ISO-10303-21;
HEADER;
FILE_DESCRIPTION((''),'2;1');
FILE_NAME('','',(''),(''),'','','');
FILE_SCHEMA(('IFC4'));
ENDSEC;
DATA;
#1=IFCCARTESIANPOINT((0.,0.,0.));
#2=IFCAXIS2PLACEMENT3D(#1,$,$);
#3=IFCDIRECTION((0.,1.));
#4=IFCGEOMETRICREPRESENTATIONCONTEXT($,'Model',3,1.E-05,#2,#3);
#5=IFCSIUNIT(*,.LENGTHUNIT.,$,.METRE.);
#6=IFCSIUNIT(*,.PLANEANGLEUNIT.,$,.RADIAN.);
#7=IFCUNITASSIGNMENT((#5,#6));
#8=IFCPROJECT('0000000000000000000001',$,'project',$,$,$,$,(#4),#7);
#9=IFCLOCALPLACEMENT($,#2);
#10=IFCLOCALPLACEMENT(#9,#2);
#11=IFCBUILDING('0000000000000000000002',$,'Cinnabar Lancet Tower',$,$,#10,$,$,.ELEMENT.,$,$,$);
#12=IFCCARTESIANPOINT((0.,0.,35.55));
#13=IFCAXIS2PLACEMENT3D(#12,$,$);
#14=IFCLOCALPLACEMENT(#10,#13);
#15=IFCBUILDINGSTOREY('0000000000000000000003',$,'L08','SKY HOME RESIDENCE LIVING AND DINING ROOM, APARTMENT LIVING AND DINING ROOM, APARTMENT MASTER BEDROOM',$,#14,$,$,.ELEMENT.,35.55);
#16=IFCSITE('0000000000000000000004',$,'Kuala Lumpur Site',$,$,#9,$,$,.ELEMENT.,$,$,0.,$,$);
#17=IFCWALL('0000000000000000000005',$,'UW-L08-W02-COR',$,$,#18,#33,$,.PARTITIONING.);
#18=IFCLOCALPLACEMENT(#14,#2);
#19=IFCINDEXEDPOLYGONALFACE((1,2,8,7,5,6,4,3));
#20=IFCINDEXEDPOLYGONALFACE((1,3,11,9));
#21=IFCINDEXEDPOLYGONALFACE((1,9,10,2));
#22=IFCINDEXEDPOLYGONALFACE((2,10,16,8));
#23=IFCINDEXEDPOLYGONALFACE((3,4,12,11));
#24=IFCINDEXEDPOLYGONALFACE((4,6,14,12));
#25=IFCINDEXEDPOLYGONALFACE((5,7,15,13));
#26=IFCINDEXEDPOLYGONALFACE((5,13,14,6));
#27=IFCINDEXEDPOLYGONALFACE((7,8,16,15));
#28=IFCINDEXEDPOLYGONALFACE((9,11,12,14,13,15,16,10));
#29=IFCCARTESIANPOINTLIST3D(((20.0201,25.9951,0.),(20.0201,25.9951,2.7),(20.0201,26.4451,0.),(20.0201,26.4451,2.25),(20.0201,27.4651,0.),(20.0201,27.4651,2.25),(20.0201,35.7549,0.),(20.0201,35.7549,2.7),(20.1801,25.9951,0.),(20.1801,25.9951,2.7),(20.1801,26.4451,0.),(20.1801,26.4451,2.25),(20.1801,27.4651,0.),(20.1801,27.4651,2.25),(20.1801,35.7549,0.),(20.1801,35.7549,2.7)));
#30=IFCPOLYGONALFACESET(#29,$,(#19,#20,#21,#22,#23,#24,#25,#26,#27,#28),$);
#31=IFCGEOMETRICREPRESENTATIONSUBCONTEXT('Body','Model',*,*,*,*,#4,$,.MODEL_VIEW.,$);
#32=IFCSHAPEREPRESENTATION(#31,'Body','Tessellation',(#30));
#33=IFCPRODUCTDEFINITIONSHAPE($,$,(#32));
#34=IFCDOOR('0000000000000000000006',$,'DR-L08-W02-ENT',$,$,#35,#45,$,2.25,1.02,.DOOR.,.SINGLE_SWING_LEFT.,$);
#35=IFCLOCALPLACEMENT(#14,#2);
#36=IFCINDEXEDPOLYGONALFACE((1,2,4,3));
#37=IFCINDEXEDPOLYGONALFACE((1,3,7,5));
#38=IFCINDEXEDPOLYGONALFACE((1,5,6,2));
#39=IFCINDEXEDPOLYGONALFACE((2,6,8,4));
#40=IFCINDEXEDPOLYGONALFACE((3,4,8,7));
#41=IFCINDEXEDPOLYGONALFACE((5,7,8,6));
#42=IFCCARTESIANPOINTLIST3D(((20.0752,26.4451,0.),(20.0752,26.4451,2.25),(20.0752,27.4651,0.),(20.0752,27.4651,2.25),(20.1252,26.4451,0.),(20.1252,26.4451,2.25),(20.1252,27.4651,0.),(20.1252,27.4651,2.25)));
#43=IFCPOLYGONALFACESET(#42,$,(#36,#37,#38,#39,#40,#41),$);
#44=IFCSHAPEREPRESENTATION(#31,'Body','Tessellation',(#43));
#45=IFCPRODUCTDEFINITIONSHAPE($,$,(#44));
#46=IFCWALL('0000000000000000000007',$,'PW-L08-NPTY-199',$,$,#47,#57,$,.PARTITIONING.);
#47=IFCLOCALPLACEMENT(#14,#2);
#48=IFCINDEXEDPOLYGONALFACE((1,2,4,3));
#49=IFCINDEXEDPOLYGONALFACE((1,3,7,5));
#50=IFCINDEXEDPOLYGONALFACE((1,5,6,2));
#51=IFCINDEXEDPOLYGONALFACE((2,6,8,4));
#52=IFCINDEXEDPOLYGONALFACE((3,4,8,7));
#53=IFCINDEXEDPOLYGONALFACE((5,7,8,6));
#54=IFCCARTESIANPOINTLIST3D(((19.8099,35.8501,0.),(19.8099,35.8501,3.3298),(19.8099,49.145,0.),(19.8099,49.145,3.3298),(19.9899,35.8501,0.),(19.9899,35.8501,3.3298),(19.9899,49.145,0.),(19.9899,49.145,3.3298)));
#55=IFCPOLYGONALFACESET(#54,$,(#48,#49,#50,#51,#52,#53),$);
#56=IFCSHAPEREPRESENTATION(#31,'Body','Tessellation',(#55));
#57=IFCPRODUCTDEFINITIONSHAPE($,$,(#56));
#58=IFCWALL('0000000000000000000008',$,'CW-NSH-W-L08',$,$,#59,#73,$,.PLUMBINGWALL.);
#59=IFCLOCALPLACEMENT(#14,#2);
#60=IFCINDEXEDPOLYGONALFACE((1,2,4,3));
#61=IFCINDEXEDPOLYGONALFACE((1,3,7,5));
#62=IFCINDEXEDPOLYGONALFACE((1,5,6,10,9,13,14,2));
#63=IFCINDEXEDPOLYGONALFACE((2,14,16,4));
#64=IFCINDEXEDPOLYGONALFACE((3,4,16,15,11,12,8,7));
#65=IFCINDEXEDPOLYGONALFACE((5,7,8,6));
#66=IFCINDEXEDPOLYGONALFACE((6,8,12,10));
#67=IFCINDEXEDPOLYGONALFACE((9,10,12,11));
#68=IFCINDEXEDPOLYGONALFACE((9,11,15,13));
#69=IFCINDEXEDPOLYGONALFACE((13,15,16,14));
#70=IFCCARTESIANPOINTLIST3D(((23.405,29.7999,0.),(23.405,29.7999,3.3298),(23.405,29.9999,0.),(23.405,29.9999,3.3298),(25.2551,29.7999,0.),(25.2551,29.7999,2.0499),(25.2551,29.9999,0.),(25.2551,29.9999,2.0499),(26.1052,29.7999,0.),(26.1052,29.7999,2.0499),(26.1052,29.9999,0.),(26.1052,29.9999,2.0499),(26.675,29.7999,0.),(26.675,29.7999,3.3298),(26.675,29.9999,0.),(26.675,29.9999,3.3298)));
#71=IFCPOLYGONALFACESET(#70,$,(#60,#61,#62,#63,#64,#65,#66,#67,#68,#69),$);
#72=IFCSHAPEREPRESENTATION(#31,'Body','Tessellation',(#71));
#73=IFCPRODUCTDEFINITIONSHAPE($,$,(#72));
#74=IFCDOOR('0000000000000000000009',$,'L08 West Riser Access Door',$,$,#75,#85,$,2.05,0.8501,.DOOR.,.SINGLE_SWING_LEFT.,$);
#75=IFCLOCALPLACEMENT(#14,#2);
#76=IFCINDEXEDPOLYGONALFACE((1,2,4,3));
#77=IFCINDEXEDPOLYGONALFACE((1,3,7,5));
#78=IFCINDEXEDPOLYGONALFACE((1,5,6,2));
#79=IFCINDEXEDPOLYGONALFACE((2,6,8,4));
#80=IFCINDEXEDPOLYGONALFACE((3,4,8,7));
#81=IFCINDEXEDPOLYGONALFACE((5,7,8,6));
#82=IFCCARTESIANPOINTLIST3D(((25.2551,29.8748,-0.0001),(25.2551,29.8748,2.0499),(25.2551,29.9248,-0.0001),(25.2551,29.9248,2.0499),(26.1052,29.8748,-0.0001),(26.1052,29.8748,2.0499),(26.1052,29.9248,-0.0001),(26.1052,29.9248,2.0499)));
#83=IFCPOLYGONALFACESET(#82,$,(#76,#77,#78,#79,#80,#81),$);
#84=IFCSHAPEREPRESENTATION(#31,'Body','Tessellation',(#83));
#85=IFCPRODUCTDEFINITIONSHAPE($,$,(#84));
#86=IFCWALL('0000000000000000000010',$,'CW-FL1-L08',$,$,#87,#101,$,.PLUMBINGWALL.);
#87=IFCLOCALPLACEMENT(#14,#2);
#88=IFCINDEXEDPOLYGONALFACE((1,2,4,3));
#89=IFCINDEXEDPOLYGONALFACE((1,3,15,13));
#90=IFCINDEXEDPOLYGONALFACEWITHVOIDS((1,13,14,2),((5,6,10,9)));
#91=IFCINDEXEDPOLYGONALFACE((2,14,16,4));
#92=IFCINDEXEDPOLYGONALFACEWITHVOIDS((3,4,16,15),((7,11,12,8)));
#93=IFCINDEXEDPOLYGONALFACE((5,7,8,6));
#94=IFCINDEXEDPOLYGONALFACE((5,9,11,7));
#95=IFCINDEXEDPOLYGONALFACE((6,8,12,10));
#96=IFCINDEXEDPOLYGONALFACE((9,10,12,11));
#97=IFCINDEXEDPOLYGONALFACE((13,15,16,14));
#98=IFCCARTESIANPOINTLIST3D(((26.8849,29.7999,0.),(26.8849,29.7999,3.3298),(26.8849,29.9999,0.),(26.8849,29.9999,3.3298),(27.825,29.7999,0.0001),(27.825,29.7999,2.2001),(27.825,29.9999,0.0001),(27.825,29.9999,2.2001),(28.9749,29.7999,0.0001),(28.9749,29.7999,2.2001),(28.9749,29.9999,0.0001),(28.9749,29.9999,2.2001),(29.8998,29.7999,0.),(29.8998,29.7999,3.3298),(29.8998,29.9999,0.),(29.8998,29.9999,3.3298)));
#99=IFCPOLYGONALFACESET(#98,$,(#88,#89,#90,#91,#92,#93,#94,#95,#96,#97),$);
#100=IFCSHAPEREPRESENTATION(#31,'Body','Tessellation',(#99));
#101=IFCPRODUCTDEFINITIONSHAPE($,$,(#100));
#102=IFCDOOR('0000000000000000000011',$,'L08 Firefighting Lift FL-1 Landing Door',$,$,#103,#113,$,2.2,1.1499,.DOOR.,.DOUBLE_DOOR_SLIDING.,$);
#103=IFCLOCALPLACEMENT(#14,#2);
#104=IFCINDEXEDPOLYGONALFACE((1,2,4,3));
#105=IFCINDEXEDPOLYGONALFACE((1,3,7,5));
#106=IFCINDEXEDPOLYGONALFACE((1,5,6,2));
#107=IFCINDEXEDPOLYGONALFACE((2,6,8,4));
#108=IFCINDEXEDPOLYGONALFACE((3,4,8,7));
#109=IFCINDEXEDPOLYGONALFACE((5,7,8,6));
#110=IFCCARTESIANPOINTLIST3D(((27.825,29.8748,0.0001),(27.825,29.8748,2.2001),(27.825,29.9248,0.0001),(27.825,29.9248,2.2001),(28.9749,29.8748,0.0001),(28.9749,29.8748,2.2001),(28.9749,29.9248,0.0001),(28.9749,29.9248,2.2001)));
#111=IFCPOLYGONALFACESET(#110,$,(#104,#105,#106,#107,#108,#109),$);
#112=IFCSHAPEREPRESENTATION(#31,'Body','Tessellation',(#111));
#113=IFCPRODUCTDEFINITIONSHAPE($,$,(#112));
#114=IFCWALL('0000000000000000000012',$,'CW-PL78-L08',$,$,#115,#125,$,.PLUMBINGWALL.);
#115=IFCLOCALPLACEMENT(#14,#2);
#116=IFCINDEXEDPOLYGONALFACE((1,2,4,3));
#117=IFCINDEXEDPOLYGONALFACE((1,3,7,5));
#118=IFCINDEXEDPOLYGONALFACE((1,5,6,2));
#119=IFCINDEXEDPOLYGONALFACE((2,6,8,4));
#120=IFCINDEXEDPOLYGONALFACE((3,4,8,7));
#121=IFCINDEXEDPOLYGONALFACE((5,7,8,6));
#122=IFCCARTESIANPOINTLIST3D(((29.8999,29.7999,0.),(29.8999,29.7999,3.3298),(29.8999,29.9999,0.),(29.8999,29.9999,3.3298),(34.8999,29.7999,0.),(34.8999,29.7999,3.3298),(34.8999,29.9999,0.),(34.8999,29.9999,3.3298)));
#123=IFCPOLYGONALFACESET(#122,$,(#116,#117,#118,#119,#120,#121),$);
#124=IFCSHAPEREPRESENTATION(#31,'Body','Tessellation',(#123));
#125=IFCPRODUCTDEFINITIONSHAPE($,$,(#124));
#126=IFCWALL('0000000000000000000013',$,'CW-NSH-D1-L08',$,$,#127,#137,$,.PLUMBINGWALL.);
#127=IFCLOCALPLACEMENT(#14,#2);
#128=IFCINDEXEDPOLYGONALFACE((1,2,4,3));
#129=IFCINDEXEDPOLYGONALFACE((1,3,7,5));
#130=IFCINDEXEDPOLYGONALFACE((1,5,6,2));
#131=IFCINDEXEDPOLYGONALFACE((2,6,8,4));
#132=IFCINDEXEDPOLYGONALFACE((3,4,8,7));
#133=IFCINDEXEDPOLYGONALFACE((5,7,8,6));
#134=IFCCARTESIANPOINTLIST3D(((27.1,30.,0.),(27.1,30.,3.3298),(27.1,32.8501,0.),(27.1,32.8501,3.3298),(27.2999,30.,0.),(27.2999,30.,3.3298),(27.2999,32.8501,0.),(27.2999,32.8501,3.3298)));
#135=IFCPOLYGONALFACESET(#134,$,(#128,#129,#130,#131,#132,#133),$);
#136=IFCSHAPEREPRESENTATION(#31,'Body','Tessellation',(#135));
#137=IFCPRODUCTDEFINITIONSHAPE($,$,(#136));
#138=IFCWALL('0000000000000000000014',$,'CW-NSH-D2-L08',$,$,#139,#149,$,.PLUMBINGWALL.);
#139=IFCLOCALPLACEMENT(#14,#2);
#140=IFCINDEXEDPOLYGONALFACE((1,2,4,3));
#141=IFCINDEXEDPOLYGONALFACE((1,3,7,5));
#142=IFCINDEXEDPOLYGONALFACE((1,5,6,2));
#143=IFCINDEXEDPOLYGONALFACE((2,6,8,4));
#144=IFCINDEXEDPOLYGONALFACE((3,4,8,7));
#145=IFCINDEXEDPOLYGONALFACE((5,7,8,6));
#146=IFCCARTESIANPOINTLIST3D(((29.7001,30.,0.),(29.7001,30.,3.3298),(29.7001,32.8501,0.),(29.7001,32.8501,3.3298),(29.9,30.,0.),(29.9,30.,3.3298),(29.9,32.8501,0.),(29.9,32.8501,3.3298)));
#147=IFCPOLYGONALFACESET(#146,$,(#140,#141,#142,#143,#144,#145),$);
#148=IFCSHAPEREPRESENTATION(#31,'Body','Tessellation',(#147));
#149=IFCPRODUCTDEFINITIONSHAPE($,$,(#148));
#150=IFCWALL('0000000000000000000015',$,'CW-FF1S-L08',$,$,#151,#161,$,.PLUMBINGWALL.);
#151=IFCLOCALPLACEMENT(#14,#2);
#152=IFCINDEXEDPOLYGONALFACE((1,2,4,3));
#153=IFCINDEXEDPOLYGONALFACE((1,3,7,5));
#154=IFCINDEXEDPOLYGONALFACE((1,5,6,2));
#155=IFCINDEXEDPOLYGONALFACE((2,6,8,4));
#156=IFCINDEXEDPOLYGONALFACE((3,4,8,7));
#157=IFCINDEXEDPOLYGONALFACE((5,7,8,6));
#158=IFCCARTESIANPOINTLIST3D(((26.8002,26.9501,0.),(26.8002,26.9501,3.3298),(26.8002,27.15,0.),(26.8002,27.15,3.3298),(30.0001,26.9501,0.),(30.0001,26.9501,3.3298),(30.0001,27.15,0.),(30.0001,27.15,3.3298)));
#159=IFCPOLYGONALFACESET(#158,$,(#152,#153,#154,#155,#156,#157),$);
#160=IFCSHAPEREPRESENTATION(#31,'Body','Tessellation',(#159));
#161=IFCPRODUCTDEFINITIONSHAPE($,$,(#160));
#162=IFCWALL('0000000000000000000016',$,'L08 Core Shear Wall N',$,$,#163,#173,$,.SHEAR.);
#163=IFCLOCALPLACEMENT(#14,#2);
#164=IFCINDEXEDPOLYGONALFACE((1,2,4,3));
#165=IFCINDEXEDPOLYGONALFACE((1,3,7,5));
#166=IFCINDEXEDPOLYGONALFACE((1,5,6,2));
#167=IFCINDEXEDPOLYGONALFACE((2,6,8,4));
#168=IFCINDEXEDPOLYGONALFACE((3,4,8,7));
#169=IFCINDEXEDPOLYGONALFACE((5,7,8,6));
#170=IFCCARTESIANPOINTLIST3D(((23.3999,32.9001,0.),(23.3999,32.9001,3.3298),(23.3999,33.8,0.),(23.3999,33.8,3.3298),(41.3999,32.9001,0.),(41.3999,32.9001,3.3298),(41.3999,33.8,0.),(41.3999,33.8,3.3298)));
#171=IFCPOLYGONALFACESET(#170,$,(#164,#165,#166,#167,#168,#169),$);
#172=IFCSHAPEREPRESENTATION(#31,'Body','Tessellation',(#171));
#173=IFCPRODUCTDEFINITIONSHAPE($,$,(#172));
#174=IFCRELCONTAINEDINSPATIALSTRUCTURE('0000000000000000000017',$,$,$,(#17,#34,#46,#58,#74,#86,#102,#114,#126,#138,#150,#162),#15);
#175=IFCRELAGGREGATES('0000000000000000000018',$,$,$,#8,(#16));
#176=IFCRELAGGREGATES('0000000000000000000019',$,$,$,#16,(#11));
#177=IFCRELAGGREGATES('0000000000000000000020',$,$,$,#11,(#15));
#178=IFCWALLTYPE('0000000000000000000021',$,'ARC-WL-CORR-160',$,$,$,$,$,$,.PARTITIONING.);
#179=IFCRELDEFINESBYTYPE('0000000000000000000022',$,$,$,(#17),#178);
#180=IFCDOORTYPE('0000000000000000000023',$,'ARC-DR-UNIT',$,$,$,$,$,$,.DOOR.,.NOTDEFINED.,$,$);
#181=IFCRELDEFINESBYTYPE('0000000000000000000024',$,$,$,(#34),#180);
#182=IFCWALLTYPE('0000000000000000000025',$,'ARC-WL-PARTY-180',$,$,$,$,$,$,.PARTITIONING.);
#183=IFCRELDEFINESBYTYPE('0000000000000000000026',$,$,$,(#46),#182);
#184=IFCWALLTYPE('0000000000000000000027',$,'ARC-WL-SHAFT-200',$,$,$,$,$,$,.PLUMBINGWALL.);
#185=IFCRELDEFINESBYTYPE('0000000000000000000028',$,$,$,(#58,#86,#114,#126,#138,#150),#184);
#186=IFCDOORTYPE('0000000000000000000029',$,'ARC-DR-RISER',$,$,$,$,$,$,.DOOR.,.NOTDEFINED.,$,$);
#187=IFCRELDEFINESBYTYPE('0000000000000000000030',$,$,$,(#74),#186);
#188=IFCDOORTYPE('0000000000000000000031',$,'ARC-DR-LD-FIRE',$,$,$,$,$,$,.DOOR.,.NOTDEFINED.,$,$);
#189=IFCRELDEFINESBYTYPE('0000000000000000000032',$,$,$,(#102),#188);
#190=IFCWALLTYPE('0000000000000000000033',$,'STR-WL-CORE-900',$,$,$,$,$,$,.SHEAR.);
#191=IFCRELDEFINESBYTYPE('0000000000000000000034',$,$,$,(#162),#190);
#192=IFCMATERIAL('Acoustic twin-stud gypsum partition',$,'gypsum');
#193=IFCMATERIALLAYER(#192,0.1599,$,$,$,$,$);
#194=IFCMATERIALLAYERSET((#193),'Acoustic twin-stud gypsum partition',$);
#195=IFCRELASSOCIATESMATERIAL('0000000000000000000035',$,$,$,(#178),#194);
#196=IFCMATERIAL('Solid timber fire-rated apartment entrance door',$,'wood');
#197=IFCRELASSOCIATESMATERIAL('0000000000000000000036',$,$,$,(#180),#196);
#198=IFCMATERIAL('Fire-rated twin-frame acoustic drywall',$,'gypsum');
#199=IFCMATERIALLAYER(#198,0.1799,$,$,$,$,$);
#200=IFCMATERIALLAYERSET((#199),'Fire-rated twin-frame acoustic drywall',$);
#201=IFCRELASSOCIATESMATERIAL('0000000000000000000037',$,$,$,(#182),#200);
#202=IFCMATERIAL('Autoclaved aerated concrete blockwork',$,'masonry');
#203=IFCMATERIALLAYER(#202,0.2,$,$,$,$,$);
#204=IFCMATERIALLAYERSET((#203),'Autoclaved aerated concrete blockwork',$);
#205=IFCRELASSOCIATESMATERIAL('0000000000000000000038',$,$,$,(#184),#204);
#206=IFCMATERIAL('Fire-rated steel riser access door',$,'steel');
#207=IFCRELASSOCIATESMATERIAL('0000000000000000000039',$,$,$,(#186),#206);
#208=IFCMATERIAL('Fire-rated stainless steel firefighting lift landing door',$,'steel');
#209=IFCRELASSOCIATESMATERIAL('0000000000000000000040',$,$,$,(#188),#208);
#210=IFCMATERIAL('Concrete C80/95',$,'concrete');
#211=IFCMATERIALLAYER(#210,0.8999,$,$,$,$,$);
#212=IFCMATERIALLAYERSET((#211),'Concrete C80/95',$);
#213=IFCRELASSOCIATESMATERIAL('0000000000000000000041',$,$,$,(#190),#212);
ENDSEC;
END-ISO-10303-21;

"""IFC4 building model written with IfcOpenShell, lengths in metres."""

from ifc_helpers import new_model, si_unit, direction, frame, frame_2d, origin, place, context, subcontext, project, spatial, rectangle, extrude, material, layer, layer_set, type_object, element, fill, save


model = new_model("IFC4")

# Units and contexts
model_context = context("Model", 3, precision=1e-05, world=origin(), true_north=direction((0.0, 1.0)))
body_context = subcontext(model_context, "Body", "Model", "MODEL_VIEW")
ifc_project = project(units=[si_unit("LENGTHUNIT", "METRE"), si_unit("PLANEANGLEUNIT", "RADIAN")], contexts=[model_context])

# Site, building, storey
site_placement = place(None, origin())
site = spatial("IfcSite", under=ifc_project, at=site_placement, Name="Kuala Lumpur Site", CompositionType="ELEMENT", RefElevation=0.0)
building_placement = place(site_placement, origin())
building = spatial("IfcBuilding", under=site, at=building_placement, Name="Cinnabar Lancet Tower", CompositionType="ELEMENT")
storey_placement = place(building_placement, frame((0.0, 0.0, 35.55)))
storey = spatial("IfcBuildingStorey", under=building, at=storey_placement, Name="L08", Description="SKY HOME RESIDENCE LIVING AND DINING ROOM, APARTMENT LIVING AND DINING ROOM, APARTMENT MASTER BEDROOM", CompositionType="ELEMENT", Elevation=35.55)

# Wall, opening, door
ifc_material_1 = material(Name="Acoustic twin-stud gypsum partition", Category="gypsum")
ifc_layer_1 = layer(ifc_material_1, 0.1599)
ifc_layer_set_1 = layer_set([ifc_layer_1], Name="Acoustic twin-stud gypsum partition")
wall_type_1 = type_object("IfcWallType", Name="ARC-WL-CORR-160", PredefinedType="PARTITIONING", material=ifc_layer_set_1)
wall_1_placement = place(storey_placement, frame((20.1001, 25.9951, 0.0), z_axis=(0.0, 0.0, 1.0), x_axis=(0.0, 1.0, 0.0)))
wall_1 = element("IfcWall", 1, at=wall_1_placement, inside=storey, type_object=wall_type_1, Name="UW-L08-W02-COR", PredefinedType="PARTITIONING", context=body_context, shape_type="SweptSolid", body=[
    extrude(rectangle(XDim=9.7598, YDim=0.1599, at=frame_2d((4.8799, 0.0))), origin(), (0.0, 0.0, 1.0), 2.7),
])
opening_1_placement = place(wall_1_placement, frame((0.45, 0.0, 0.0)))
opening_1 = element("IfcOpeningElement", 2, at=opening_1_placement, cuts=wall_1, PredefinedType="OPENING", context=body_context, shape_type="SweptSolid", body=[
    extrude(rectangle(XDim=1.02, YDim=2.25, at=frame_2d((0.51, 1.125))), frame((0.0, 0.0898, 0.0), z_axis=(0.0, -1.0, 0.0), x_axis=(1.0, 0.0, 0.0)), (0.0, 0.0, 1.0), 0.1799),
])
ifc_material_2 = material(Name="Solid timber fire-rated apartment entrance door", Category="wood")
door_type_1 = type_object("IfcDoorType", Name="ARC-DR-UNIT", OperationType="NOTDEFINED", PredefinedType="DOOR", material=ifc_material_2)
door_1_placement = place(opening_1_placement, origin())
door_1 = element("IfcDoor", 3, at=door_1_placement, inside=storey, type_object=door_type_1, Name="DR-L08-W02-ENT", OperationType="SINGLE_SWING_LEFT", OverallHeight=2.25, OverallWidth=1.02, PredefinedType="DOOR", context=body_context, shape_type="SweptSolid", body=[
    extrude(rectangle(XDim=1.02, YDim=2.25, at=frame_2d((0.51, 1.125))), frame((0.0, 0.0249, 0.0), z_axis=(0.0, -1.0, 0.0), x_axis=(1.0, 0.0, 0.0)), (0.0, 0.0, 1.0), 0.05),
])
fill(opening_1, door_1)

# Wall
ifc_material_3 = material(Name="Fire-rated twin-frame acoustic drywall", Category="gypsum")
ifc_layer_2 = layer(ifc_material_3, 0.1799)
ifc_layer_set_2 = layer_set([ifc_layer_2], Name="Fire-rated twin-frame acoustic drywall")
wall_type_2 = type_object("IfcWallType", Name="ARC-WL-PARTY-180", PredefinedType="PARTITIONING", material=ifc_layer_set_2)
wall_2_placement = place(storey_placement, frame((19.8999, 35.8501, 0.0), z_axis=(0.0, 0.0, 1.0), x_axis=(0.0, 1.0, 0.0)))
element("IfcWall", 4, at=wall_2_placement, inside=storey, type_object=wall_type_2, Name="PW-L08-NPTY-199", PredefinedType="PARTITIONING", context=body_context, shape_type="SweptSolid", body=[
    extrude(rectangle(XDim=13.2949, YDim=0.1799, at=frame_2d((6.6475, 0.0))), origin(), (0.0, 0.0, 1.0), 3.3298),
])

# Walls, openings, doors
ifc_material_4 = material(Name="Autoclaved aerated concrete blockwork", Category="masonry")
ifc_layer_3 = layer(ifc_material_4, 0.2)
ifc_layer_set_3 = layer_set([ifc_layer_3], Name="Autoclaved aerated concrete blockwork")
wall_type_3 = type_object("IfcWallType", Name="ARC-WL-SHAFT-200", PredefinedType="PLUMBINGWALL", material=ifc_layer_set_3)
wall_3_placement = place(storey_placement, frame((23.405, 29.8999, 0.0), z_axis=(0.0, 0.0, 1.0), x_axis=(1.0, 0.0, 0.0)))
wall_3 = element("IfcWall", 5, at=wall_3_placement, inside=storey, type_object=wall_type_3, Name="CW-NSH-W-L08", PredefinedType="PLUMBINGWALL", context=body_context, shape_type="SweptSolid", body=[
    extrude(rectangle(XDim=3.27, YDim=0.2, at=frame_2d((1.635, 0.0))), origin(), (0.0, 0.0, 1.0), 3.3298),
])
opening_2_placement = place(wall_3_placement, frame((1.8501, 0.0, 0.0)))
opening_2 = element("IfcOpeningElement", 6, at=opening_2_placement, cuts=wall_3, PredefinedType="OPENING", context=body_context, shape_type="SweptSolid", body=[
    extrude(rectangle(XDim=0.8501, YDim=2.05, at=frame_2d((0.425, 1.0249))), frame((0.0, 0.1099, 0.0), z_axis=(0.0, -1.0, 0.0), x_axis=(1.0, 0.0, 0.0)), (0.0, 0.0, 1.0), 0.22),
])
ifc_material_5 = material(Name="Fire-rated steel riser access door", Category="steel")
door_type_2 = type_object("IfcDoorType", Name="ARC-DR-RISER", OperationType="NOTDEFINED", PredefinedType="DOOR", material=ifc_material_5)
door_2_placement = place(opening_2_placement, origin())
door_2 = element("IfcDoor", 7, at=door_2_placement, inside=storey, type_object=door_type_2, Name="L08 West Riser Access Door", OperationType="SINGLE_SWING_LEFT", OverallHeight=2.05, OverallWidth=0.8501, PredefinedType="DOOR", context=body_context, shape_type="SweptSolid", body=[
    extrude(rectangle(XDim=0.8501, YDim=2.05, at=frame_2d((0.425, 1.0249))), frame((0.0, 0.0249, 0.0), z_axis=(0.0, -1.0, 0.0), x_axis=(1.0, 0.0, 0.0)), (0.0, 0.0, 1.0), 0.05),
])
fill(opening_2, door_2)
wall_4_placement = place(storey_placement, frame((26.885, 29.8999, 0.0), z_axis=(0.0, 0.0, 1.0), x_axis=(1.0, 0.0, 0.0)))
wall_4 = element("IfcWall", 8, at=wall_4_placement, inside=storey, type_object=wall_type_3, Name="CW-FL1-L08", PredefinedType="PLUMBINGWALL", context=body_context, shape_type="SweptSolid", body=[
    extrude(rectangle(XDim=3.0149, YDim=0.2, at=frame_2d((1.5073, 0.0))), origin(), (0.0, 0.0, 1.0), 3.3298),
])
opening_3_placement = place(wall_4_placement, frame((0.9399, 0.0, 0.0)))
opening_3 = element("IfcOpeningElement", 9, at=opening_3_placement, cuts=wall_4, PredefinedType="OPENING", context=body_context, shape_type="SweptSolid", body=[
    extrude(rectangle(XDim=1.1499, YDim=2.2, at=frame_2d((0.575, 1.1001))), frame((0.0, 0.1099, 0.0), z_axis=(0.0, -1.0, 0.0), x_axis=(1.0, 0.0, 0.0)), (0.0, 0.0, 1.0), 0.22),
])
ifc_material_6 = material(Name="Fire-rated stainless steel firefighting lift landing door", Category="steel")
door_type_3 = type_object("IfcDoorType", Name="ARC-DR-LD-FIRE", OperationType="NOTDEFINED", PredefinedType="DOOR", material=ifc_material_6)
door_3_placement = place(opening_3_placement, origin())
door_3 = element("IfcDoor", 10, at=door_3_placement, inside=storey, type_object=door_type_3, Name="L08 Firefighting Lift FL-1 Landing Door", OperationType="DOUBLE_DOOR_SLIDING", OverallHeight=2.2, OverallWidth=1.1499, PredefinedType="DOOR", context=body_context, shape_type="SweptSolid", body=[
    extrude(rectangle(XDim=1.1499, YDim=2.2, at=frame_2d((0.575, 1.1001))), frame((0.0, 0.0249, 0.0), z_axis=(0.0, -1.0, 0.0), x_axis=(1.0, 0.0, 0.0)), (0.0, 0.0, 1.0), 0.05),
])
fill(opening_3, door_3)

# Walls
wall_5_placement = place(storey_placement, frame((29.8999, 29.8999, 0.0), z_axis=(0.0, 0.0, 1.0), x_axis=(1.0, 0.0, 0.0)))
element("IfcWall", 11, at=wall_5_placement, inside=storey, type_object=wall_type_3, Name="CW-PL78-L08", PredefinedType="PLUMBINGWALL", context=body_context, shape_type="SweptSolid", body=[
    extrude(rectangle(XDim=5.0, YDim=0.2, at=frame_2d((2.5, 0.0))), origin(), (0.0, 0.0, 1.0), 3.3298),
])
for number, where, z_axis, x_axis, name in (
    (12, (27.2, 30.0, 0.0), (0.0, 0.0, 1.0), (0.0, 1.0, 0.0), "CW-NSH-D1-L08"),
    (13, (29.8, 30.0, 0.0), (0.0, 0.0, 1.0), (0.0, 1.0, 0.0), "CW-NSH-D2-L08"),
):
    element("IfcWall", number, at=place(storey_placement, frame(where, z_axis=z_axis, x_axis=x_axis)), inside=storey, type_object=wall_type_3, Name=name, PredefinedType="PLUMBINGWALL", context=body_context, shape_type="SweptSolid", body=[
        extrude(rectangle(XDim=2.8501, YDim=0.2, at=frame_2d((1.425, 0.0))), origin(), (0.0, 0.0, 1.0), 3.3298),
    ])
wall_6_placement = place(storey_placement, frame((26.8, 27.05, 0.0), z_axis=(0.0, 0.0, 1.0), x_axis=(1.0, 0.0, 0.0)))
element("IfcWall", 14, at=wall_6_placement, inside=storey, type_object=wall_type_3, Name="CW-FF1S-L08", PredefinedType="PLUMBINGWALL", context=body_context, shape_type="SweptSolid", body=[
    extrude(rectangle(XDim=3.2, YDim=0.2, at=frame_2d((1.6001, 0.0))), origin(), (0.0, 0.0, 1.0), 3.3298),
])
ifc_material_7 = material(Name="Concrete C80/95", Category="concrete")
ifc_layer_4 = layer(ifc_material_7, 0.8999)
ifc_layer_set_4 = layer_set([ifc_layer_4], Name="Concrete C80/95")
wall_type_4 = type_object("IfcWallType", Name="STR-WL-CORE-900", PredefinedType="SHEAR", material=ifc_layer_set_4)
wall_7_placement = place(storey_placement, frame((23.3999, 33.3501, 0.0), z_axis=(0.0, 0.0, 1.0), x_axis=(1.0, 0.0, 0.0)))
element("IfcWall", 15, at=wall_7_placement, inside=storey, type_object=wall_type_4, Name="L08 Core Shear Wall N", PredefinedType="SHEAR", context=body_context, shape_type="SweptSolid", body=[
    extrude(rectangle(XDim=18.0, YDim=0.8999, at=frame_2d((9.0, 0.0))), origin(), (0.0, 0.0, 1.0), 3.3298),
])

save(model, "model.ifc")
